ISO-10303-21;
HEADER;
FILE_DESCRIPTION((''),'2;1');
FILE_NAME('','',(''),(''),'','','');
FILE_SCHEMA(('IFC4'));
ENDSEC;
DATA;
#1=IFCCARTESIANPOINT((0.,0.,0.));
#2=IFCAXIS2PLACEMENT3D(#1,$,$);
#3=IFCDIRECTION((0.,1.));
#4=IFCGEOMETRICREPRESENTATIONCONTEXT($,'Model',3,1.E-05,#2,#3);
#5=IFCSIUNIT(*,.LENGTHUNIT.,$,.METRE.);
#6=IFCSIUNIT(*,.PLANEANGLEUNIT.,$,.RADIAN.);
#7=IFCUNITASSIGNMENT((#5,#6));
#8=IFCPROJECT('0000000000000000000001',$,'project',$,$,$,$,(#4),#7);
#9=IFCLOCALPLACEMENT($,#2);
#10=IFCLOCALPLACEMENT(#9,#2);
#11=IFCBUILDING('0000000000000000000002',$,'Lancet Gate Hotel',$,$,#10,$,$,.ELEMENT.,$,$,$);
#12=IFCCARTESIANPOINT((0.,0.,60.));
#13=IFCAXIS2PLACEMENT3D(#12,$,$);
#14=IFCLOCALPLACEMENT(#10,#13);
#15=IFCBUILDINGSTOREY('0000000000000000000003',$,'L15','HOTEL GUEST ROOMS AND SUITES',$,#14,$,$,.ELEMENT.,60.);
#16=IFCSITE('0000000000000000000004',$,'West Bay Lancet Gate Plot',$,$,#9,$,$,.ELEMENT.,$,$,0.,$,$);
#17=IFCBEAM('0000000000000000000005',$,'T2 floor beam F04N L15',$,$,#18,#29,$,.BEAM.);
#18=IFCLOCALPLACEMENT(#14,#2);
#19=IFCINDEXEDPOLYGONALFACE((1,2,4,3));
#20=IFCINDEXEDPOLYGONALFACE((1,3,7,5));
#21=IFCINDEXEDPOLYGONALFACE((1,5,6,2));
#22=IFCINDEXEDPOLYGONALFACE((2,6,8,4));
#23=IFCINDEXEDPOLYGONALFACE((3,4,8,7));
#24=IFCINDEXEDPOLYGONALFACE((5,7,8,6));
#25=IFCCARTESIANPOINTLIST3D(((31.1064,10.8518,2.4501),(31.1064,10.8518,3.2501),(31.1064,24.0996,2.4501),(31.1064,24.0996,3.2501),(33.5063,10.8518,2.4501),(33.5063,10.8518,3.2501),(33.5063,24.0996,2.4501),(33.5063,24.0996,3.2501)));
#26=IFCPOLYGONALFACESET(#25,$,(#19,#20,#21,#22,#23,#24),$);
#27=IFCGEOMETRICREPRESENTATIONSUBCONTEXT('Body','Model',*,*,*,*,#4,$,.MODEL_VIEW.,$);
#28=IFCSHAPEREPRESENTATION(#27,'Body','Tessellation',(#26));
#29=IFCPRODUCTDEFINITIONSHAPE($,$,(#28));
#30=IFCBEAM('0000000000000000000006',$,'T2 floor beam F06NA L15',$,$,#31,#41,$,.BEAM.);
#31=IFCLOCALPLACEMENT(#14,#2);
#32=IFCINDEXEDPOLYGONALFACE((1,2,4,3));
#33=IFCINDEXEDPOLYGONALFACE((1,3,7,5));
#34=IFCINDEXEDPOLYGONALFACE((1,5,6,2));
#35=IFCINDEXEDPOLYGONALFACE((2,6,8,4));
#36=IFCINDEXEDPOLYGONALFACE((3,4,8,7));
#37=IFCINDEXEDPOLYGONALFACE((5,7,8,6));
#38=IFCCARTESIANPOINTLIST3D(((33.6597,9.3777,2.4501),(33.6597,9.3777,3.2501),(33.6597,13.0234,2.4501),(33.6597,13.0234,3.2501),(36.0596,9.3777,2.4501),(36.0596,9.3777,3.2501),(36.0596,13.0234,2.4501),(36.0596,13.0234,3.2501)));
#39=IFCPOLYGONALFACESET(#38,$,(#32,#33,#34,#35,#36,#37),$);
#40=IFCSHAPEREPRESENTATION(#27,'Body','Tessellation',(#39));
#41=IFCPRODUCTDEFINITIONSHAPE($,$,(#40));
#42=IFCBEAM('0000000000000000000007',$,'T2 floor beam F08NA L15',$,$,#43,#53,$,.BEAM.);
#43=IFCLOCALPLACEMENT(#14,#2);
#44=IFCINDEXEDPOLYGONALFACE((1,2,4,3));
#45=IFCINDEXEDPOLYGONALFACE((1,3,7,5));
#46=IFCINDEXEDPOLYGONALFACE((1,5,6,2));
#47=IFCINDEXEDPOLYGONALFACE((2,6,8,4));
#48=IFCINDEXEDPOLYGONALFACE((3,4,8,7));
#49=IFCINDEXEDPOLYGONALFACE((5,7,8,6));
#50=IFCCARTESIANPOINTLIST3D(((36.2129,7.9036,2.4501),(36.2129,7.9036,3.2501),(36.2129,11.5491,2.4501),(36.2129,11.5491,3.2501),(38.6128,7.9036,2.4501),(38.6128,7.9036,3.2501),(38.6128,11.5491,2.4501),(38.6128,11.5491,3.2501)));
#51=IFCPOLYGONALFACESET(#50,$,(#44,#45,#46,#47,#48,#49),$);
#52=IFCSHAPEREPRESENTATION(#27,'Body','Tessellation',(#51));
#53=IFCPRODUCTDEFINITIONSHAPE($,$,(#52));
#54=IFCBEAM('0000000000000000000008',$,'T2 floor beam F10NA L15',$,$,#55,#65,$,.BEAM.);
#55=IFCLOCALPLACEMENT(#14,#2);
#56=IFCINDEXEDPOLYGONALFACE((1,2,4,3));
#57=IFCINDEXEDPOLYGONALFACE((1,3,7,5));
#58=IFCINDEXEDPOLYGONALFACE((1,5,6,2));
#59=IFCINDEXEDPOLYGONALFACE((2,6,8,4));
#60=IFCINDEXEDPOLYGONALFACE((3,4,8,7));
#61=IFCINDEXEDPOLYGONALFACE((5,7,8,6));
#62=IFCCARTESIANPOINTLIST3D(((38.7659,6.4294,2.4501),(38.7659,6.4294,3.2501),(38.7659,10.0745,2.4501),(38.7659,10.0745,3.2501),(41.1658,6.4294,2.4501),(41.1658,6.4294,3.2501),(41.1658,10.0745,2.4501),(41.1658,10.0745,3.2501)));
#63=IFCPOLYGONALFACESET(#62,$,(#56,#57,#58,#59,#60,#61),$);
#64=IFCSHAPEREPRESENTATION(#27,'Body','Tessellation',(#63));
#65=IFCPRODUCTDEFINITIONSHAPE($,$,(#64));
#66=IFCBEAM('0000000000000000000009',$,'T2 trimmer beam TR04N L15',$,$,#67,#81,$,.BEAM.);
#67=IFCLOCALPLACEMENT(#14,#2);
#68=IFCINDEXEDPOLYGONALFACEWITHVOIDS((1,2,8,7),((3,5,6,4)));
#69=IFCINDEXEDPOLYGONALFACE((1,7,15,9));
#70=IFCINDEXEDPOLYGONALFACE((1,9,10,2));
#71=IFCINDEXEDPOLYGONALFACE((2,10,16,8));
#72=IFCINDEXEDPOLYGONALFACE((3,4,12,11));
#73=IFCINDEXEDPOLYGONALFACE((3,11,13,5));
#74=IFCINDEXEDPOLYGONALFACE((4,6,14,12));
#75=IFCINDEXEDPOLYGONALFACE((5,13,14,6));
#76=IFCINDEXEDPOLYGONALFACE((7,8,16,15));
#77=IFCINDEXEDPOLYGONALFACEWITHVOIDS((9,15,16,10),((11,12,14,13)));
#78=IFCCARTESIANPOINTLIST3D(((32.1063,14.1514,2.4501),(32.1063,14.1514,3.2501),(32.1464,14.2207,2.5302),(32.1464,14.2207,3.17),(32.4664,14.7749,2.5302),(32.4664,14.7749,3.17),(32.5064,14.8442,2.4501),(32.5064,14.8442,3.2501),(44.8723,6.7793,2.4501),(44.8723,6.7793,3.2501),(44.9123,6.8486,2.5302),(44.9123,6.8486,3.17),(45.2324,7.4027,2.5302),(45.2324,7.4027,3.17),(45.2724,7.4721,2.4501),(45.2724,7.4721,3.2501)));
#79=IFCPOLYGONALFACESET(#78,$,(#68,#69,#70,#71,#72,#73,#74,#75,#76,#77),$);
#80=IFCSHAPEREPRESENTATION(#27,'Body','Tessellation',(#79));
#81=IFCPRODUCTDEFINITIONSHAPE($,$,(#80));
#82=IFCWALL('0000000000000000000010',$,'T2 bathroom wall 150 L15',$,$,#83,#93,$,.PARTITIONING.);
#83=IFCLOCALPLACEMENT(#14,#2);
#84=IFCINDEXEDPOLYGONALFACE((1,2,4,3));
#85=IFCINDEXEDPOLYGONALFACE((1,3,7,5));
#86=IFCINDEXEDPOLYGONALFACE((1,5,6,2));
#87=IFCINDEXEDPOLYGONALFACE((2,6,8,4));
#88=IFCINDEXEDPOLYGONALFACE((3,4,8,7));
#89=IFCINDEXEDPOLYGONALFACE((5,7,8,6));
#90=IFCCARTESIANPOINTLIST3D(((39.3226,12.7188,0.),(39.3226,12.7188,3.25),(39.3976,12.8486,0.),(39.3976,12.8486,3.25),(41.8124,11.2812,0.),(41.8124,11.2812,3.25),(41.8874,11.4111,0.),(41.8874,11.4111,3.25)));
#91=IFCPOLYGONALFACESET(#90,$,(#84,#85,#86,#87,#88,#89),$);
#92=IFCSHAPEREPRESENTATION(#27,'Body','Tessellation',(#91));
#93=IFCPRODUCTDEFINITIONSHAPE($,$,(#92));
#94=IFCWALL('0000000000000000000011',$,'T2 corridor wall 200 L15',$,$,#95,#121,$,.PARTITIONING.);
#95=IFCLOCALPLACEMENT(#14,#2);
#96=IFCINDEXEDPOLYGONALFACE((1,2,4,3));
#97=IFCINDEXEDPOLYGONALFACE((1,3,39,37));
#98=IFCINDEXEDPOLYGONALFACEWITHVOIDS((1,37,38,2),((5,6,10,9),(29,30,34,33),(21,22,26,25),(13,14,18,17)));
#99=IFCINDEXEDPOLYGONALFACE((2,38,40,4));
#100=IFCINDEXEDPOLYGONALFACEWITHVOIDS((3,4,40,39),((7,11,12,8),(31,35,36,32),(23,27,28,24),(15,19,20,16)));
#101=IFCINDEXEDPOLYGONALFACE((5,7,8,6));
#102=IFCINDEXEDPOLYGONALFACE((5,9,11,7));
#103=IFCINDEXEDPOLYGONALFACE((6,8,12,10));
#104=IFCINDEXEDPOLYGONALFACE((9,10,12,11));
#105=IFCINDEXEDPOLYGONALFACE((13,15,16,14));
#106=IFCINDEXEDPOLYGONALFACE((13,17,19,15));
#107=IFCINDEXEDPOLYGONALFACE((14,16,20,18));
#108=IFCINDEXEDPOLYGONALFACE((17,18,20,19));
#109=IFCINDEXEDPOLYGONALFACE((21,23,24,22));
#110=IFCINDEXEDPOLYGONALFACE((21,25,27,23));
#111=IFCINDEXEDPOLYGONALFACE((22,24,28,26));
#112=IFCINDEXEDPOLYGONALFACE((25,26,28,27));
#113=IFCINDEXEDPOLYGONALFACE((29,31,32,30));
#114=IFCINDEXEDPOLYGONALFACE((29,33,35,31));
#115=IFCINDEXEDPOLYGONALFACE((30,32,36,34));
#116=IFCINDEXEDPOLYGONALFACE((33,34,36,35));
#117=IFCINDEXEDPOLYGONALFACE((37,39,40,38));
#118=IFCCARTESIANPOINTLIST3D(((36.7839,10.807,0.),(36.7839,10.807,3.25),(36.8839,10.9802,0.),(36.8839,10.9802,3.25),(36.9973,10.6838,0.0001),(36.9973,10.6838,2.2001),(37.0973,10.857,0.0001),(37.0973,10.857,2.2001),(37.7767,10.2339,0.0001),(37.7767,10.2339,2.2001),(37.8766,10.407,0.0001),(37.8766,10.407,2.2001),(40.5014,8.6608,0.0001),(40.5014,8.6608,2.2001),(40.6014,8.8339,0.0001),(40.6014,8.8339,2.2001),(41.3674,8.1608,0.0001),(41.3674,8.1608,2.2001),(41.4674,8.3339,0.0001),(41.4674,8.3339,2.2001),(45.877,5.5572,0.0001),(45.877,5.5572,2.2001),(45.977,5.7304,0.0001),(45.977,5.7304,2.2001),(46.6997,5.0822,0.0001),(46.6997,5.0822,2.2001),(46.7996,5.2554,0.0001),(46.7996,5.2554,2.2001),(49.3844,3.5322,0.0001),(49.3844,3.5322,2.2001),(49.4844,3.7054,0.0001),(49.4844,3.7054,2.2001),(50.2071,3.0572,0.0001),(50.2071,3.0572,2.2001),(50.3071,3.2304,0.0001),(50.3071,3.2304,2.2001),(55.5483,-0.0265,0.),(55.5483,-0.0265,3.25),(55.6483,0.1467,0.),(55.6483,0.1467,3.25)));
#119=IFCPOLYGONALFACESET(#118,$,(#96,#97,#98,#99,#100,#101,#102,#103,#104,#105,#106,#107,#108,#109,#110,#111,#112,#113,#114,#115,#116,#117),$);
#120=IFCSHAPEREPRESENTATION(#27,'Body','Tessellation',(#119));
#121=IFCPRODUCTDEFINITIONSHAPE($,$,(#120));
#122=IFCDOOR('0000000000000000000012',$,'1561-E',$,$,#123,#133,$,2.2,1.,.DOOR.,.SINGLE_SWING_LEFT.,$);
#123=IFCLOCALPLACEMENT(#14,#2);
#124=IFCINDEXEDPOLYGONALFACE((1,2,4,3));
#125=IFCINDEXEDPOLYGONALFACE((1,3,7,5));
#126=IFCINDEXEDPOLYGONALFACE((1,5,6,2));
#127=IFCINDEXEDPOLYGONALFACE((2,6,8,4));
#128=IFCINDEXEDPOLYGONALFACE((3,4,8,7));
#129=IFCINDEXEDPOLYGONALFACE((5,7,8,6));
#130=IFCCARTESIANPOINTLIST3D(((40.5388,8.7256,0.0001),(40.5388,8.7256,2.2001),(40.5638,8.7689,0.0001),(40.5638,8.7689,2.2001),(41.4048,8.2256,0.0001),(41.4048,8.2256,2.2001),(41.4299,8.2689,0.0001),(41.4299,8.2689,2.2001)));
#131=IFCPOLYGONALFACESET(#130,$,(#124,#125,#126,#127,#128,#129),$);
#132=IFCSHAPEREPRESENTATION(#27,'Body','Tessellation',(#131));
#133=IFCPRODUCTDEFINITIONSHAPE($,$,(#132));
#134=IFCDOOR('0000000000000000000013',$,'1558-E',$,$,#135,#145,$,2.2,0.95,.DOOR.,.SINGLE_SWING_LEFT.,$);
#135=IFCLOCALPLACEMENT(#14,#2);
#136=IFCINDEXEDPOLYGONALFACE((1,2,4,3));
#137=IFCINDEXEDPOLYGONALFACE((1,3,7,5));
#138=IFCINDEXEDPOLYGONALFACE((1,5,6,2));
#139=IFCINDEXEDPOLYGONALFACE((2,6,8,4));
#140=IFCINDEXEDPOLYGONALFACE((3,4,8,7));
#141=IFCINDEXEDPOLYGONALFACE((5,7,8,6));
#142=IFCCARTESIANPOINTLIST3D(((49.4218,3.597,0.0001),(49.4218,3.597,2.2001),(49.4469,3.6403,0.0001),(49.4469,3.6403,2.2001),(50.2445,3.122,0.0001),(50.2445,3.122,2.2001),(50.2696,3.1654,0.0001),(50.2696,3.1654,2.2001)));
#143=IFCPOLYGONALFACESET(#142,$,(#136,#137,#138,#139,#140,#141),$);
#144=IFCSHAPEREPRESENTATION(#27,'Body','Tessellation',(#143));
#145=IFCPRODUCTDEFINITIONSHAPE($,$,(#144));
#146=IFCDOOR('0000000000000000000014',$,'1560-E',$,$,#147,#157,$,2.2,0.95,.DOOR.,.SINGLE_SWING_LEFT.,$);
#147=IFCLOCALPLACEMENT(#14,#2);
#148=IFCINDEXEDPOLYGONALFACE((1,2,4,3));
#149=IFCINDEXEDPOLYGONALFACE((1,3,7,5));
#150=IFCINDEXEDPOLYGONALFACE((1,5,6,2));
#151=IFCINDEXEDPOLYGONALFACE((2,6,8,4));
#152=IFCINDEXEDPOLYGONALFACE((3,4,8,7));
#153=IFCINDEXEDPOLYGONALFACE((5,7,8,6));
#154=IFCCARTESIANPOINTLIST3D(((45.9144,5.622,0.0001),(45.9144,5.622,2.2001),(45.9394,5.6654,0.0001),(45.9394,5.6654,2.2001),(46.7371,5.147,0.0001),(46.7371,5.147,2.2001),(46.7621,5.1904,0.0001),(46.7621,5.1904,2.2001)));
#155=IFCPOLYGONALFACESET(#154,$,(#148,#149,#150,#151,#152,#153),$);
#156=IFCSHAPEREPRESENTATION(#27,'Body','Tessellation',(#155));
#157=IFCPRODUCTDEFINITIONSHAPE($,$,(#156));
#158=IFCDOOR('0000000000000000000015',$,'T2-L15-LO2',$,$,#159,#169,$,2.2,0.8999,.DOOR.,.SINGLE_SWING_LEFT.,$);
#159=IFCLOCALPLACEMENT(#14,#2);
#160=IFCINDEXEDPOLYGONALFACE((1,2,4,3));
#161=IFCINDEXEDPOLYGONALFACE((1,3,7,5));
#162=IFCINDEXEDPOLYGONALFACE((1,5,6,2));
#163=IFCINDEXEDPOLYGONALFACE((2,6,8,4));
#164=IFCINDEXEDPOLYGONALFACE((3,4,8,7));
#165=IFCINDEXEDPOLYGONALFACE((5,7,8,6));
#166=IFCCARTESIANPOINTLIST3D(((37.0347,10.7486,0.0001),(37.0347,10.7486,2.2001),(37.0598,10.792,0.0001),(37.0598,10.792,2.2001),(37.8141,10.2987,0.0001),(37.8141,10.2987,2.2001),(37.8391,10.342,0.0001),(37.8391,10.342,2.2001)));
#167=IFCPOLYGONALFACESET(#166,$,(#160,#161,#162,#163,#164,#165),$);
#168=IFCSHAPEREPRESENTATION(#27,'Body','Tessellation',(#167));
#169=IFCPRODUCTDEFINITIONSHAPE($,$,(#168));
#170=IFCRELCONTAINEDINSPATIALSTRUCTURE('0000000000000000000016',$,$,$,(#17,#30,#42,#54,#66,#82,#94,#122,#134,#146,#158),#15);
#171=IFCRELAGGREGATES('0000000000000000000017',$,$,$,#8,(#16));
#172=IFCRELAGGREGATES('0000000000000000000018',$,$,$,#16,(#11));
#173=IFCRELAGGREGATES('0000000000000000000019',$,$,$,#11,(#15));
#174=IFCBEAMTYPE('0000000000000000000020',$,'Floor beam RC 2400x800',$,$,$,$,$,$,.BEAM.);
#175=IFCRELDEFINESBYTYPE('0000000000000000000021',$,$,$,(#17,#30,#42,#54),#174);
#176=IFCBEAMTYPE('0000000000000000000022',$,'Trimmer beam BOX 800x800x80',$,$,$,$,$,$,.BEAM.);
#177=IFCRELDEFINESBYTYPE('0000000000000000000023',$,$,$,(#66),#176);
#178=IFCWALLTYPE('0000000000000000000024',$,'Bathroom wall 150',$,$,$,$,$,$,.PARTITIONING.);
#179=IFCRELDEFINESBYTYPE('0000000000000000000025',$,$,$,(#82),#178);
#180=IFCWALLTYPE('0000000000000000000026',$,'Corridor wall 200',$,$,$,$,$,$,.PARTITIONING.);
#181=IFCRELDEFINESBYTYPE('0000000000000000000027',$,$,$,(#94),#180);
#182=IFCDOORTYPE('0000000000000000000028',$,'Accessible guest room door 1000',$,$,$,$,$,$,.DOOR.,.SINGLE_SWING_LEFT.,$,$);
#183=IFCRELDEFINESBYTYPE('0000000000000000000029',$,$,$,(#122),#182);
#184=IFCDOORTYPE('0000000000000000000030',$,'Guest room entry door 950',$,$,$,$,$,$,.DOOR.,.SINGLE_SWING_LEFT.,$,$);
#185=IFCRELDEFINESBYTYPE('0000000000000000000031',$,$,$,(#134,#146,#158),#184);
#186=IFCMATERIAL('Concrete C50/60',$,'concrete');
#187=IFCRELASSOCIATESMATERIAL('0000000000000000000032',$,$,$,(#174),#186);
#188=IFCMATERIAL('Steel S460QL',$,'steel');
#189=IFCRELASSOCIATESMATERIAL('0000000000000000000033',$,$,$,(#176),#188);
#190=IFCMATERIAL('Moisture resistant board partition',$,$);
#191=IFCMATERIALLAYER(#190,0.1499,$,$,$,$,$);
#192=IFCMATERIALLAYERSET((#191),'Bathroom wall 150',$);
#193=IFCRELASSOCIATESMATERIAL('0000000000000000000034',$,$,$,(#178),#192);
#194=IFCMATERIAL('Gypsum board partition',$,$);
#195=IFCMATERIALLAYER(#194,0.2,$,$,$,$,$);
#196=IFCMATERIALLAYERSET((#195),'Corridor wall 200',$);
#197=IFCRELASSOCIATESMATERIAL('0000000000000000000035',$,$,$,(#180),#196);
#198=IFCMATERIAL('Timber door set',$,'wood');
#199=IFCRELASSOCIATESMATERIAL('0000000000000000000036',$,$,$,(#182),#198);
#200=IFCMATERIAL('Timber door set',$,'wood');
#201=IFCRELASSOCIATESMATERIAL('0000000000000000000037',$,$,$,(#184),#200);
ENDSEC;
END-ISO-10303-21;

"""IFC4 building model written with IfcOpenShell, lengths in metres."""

from ifc_helpers import new_model, si_unit, direction, frame, frame_2d, origin, origin_2d, place, context, subcontext, project, spatial, rectangle, hollow_rectangle, extrude, material, layer, layer_set, material_profile, profile_set, type_object, element, fill, save


model = new_model("IFC4")

# Units and contexts
model_context = context("Model", 3, precision=1e-05, world=origin(), true_north=direction((0.0, 1.0)))
body_context = subcontext(model_context, "Body", "Model", "MODEL_VIEW")
ifc_project = project(units=[si_unit("LENGTHUNIT", "METRE"), si_unit("PLANEANGLEUNIT", "RADIAN")], contexts=[model_context])

# Site, building, storey
site_placement = place(None, origin())
site = spatial("IfcSite", under=ifc_project, at=site_placement, Name="West Bay Lancet Gate Plot", CompositionType="ELEMENT", RefElevation=0.0)
building_placement = place(site_placement, origin())
building = spatial("IfcBuilding", under=site, at=building_placement, Name="Lancet Gate Hotel", CompositionType="ELEMENT")
storey_placement = place(building_placement, frame((0.0, 0.0, 60.0)))
storey = spatial("IfcBuildingStorey", under=building, at=storey_placement, Name="L15", Description="HOTEL GUEST ROOMS AND SUITES", CompositionType="ELEMENT", Elevation=60.0)

# Beams
ifc_material_1 = material(Name="Concrete C50/60", Category="concrete")
ifc_material_profile_1 = material_profile(ifc_material_1, rectangle(XDim=2.3999, YDim=0.8, at=origin_2d()), Name="RC 2400x800")
ifc_profile_set_1 = profile_set([ifc_material_profile_1], Name="Concrete C50/60")
beam_type_1 = type_object("IfcBeamType", Name="Floor beam RC 2400x800", PredefinedType="BEAM", material=ifc_profile_set_1)
beam_1_placement = place(storey_placement, frame((32.3064, 10.8518, 2.8501), z_axis=(0.0, 1.0, 0.0), x_axis=(-1.0, 0.0, 0.0)))
element("IfcBeam", 1, at=beam_1_placement, inside=storey, type_object=beam_type_1, Name="T2 floor beam F04N L15", PredefinedType="BEAM", context=body_context, shape_type="SweptSolid", body=[
    extrude(rectangle(XDim=2.3999, YDim=0.8, at=origin_2d()), origin(), (0.0, 0.0, 1.0), 13.2478),
])
beam_2_placement = place(storey_placement, frame((34.8596, 9.3777, 2.8501), z_axis=(0.0, 1.0, 0.0), x_axis=(-1.0, 0.0, 0.0)))
element("IfcBeam", 2, at=beam_2_placement, inside=storey, type_object=beam_type_1, Name="T2 floor beam F06NA L15", PredefinedType="BEAM", context=body_context, shape_type="SweptSolid", body=[
    extrude(rectangle(XDim=2.3999, YDim=0.8, at=origin_2d()), origin(), (0.0, 0.0, 1.0), 3.6458),
])
beam_3_placement = place(storey_placement, frame((37.4128, 7.9036, 2.8501), z_axis=(0.0, 1.0, 0.0), x_axis=(-1.0, 0.0, 0.0)))
element("IfcBeam", 3, at=beam_3_placement, inside=storey, type_object=beam_type_1, Name="T2 floor beam F08NA L15", PredefinedType="BEAM", context=body_context, shape_type="SweptSolid", body=[
    extrude(rectangle(XDim=2.3999, YDim=0.8, at=origin_2d()), origin(), (0.0, 0.0, 1.0), 3.6455),
])
beam_4_placement = place(storey_placement, frame((39.9658, 6.4294, 2.8501), z_axis=(0.0, 1.0, 0.0), x_axis=(-1.0, 0.0, 0.0)))
element("IfcBeam", 4, at=beam_4_placement, inside=storey, type_object=beam_type_1, Name="T2 floor beam F10NA L15", PredefinedType="BEAM", context=body_context, shape_type="SweptSolid", body=[
    extrude(rectangle(XDim=2.3999, YDim=0.8, at=origin_2d()), origin(), (0.0, 0.0, 1.0), 3.645),
])
ifc_material_2 = material(Name="Steel S460QL", Category="steel")
ifc_material_profile_2 = material_profile(ifc_material_2, hollow_rectangle(XDim=0.8, YDim=0.8, WallThickness=0.0801, at=origin_2d()), Name="BOX 800x800x80")
ifc_profile_set_2 = profile_set([ifc_material_profile_2], Name="Steel S460QL")
beam_type_2 = type_object("IfcBeamType", Name="Trimmer beam BOX 800x800x80", PredefinedType="BEAM", material=ifc_profile_set_2)
beam_5_placement = place(storey_placement, frame((32.3064, 14.4978, 2.8501), z_axis=(0.865976, -0.500086, 0.0), x_axis=(0.500086, 0.865976, 0.0)))
element("IfcBeam", 5, at=beam_5_placement, inside=storey, type_object=beam_type_2, Name="T2 trimmer beam TR04N L15", PredefinedType="BEAM", context=body_context, shape_type="SweptSolid", body=[
    extrude(hollow_rectangle(XDim=0.8, YDim=0.8, WallThickness=0.0801, at=origin_2d()), origin(), (0.0, 0.0, 1.0), 14.7417),
])

# Wall
ifc_material_3 = material(Name="Moisture resistant board partition")
ifc_layer_1 = layer(ifc_material_3, 0.1499)
ifc_layer_set_1 = layer_set([ifc_layer_1], Name="Bathroom wall 150")
wall_type_1 = type_object("IfcWallType", Name="Bathroom wall 150", PredefinedType="PARTITIONING", material=ifc_layer_set_1)
wall_1_placement = place(storey_placement, frame((39.3601, 12.7837, 0.0), z_axis=(0.0, 0.0, 1.0), x_axis=(0.866019, -0.500012, 0.0)))
element("IfcWall", 6, at=wall_1_placement, inside=storey, type_object=wall_type_1, Name="T2 bathroom wall 150 L15", PredefinedType="PARTITIONING", context=body_context, shape_type="SweptSolid", body=[
    extrude(rectangle(XDim=2.875, YDim=0.1499, at=frame_2d((1.4375, 0.0))), origin(), (0.0, 0.0, 1.0), 3.25),
])

# Wall, openings, doors
ifc_material_4 = material(Name="Gypsum board partition")
ifc_layer_2 = layer(ifc_material_4, 0.2)
ifc_layer_set_2 = layer_set([ifc_layer_2], Name="Corridor wall 200")
wall_type_2 = type_object("IfcWallType", Name="Corridor wall 200", PredefinedType="PARTITIONING", material=ifc_layer_set_2)
wall_2_placement = place(storey_placement, frame((36.834, 10.8936, 0.0), z_axis=(0.0, 0.0, 1.0), x_axis=(0.866028, -0.499995, 0.0)))
wall_2 = element("IfcWall", 7, at=wall_2_placement, inside=storey, type_object=wall_type_2, Name="T2 corridor wall 200 L15", PredefinedType="PARTITIONING", context=body_context, shape_type="SweptSolid", body=[
    extrude(rectangle(XDim=21.6672, YDim=0.2, at=frame_2d((10.8335, 0.0))), origin(), (0.0, 0.0, 1.0), 3.25),
])
opening_1_placement = place(wall_2_placement, frame((14.5496, 0.0, 0.0)))
opening_1 = element("IfcOpeningElement", 8, at=opening_1_placement, cuts=wall_2, PredefinedType="OPENING", context=body_context, shape_type="SweptSolid", body=[
    extrude(rectangle(XDim=0.95, YDim=2.2, at=frame_2d((0.4751, 1.1001))), frame((0.0, 0.1099, 0.0), z_axis=(0.0, -1.0, 0.0), x_axis=(1.0, 0.0, 0.0)), (0.0, 0.0, 1.0), 0.22),
])
opening_2_placement = place(wall_2_placement, frame((10.4995, 0.0, 0.0)))
opening_2 = element("IfcOpeningElement", 9, at=opening_2_placement, cuts=wall_2, PredefinedType="OPENING", context=body_context, shape_type="SweptSolid", body=[
    extrude(rectangle(XDim=0.95, YDim=2.2, at=frame_2d((0.4751, 1.1001))), frame((0.0, 0.1099, 0.0), z_axis=(0.0, -1.0, 0.0), x_axis=(1.0, 0.0, 0.0)), (0.0, 0.0, 1.0), 0.22),
])
opening_3_placement = place(wall_2_placement, frame((4.2925, 0.0, 0.0)))
opening_3 = element("IfcOpeningElement", 10, at=opening_3_placement, cuts=wall_2, PredefinedType="OPENING", context=body_context, shape_type="SweptSolid", body=[
    extrude(rectangle(XDim=1.0, YDim=2.2, at=frame_2d((0.5, 1.1001))), frame((0.0, 0.1099, 0.0), z_axis=(0.0, -1.0, 0.0), x_axis=(1.0, 0.0, 0.0)), (0.0, 0.0, 1.0), 0.22),
])
opening_4_placement = place(wall_2_placement, frame((0.2463, 0.0, 0.0)))
opening_4 = element("IfcOpeningElement", 11, at=opening_4_placement, cuts=wall_2, PredefinedType="OPENING", context=body_context, shape_type="SweptSolid", body=[
    extrude(rectangle(XDim=0.8999, YDim=2.2, at=frame_2d((0.45, 1.1001))), frame((0.0, 0.1099, 0.0), z_axis=(0.0, -1.0, 0.0), x_axis=(1.0, 0.0, 0.0)), (0.0, 0.0, 1.0), 0.22),
])
ifc_material_5 = material(Name="Timber door set", Category="wood")
door_type_1 = type_object("IfcDoorType", Name="Accessible guest room door 1000", OperationType="SINGLE_SWING_LEFT", PredefinedType="DOOR", material=ifc_material_5)
door_1_placement = place(opening_3_placement, origin())
door_1 = element("IfcDoor", 12, at=door_1_placement, inside=storey, type_object=door_type_1, Name="1561-E", OperationType="SINGLE_SWING_LEFT", OverallHeight=2.2, OverallWidth=1.0, PredefinedType="DOOR", context=body_context, shape_type="SweptSolid", body=[
    extrude(rectangle(XDim=1.0, YDim=2.2, at=frame_2d((0.5, 1.1001))), frame((0.0, 0.0249, 0.0), z_axis=(0.0, -1.0, 0.0), x_axis=(1.0, 0.0, 0.0)), (0.0, 0.0, 1.0), 0.05),
])
fill(opening_3, door_1)
ifc_material_6 = material(Name="Timber door set", Category="wood")
door_type_2 = type_object("IfcDoorType", Name="Guest room entry door 950", OperationType="SINGLE_SWING_LEFT", PredefinedType="DOOR", material=ifc_material_6)
door_2_placement = place(opening_1_placement, origin())
door_2 = element("IfcDoor", 13, at=door_2_placement, inside=storey, type_object=door_type_2, Name="1558-E", OperationType="SINGLE_SWING_LEFT", OverallHeight=2.2, OverallWidth=0.95, PredefinedType="DOOR", context=body_context, shape_type="SweptSolid", body=[
    extrude(rectangle(XDim=0.95, YDim=2.2, at=frame_2d((0.4751, 1.1001))), frame((0.0, 0.0249, 0.0), z_axis=(0.0, -1.0, 0.0), x_axis=(1.0, 0.0, 0.0)), (0.0, 0.0, 1.0), 0.05),
])
fill(opening_1, door_2)
door_3_placement = place(opening_2_placement, origin())
door_3 = element("IfcDoor", 14, at=door_3_placement, inside=storey, type_object=door_type_2, Name="1560-E", OperationType="SINGLE_SWING_LEFT", OverallHeight=2.2, OverallWidth=0.95, PredefinedType="DOOR", context=body_context, shape_type="SweptSolid", body=[
    extrude(rectangle(XDim=0.95, YDim=2.2, at=frame_2d((0.4751, 1.1001))), frame((0.0, 0.0249, 0.0), z_axis=(0.0, -1.0, 0.0), x_axis=(1.0, 0.0, 0.0)), (0.0, 0.0, 1.0), 0.05),
])
fill(opening_2, door_3)
door_4_placement = place(opening_4_placement, origin())
door_4 = element("IfcDoor", 15, at=door_4_placement, inside=storey, type_object=door_type_2, Name="T2-L15-LO2", OperationType="SINGLE_SWING_LEFT", OverallHeight=2.2, OverallWidth=0.8999, PredefinedType="DOOR", context=body_context, shape_type="SweptSolid", body=[
    extrude(rectangle(XDim=0.8999, YDim=2.2, at=frame_2d((0.45, 1.1001))), frame((0.0, 0.0249, 0.0), z_axis=(0.0, -1.0, 0.0), x_axis=(1.0, 0.0, 0.0)), (0.0, 0.0, 1.0), 0.05),
])
fill(opening_4, door_4)

save(model, "model.ifc")
